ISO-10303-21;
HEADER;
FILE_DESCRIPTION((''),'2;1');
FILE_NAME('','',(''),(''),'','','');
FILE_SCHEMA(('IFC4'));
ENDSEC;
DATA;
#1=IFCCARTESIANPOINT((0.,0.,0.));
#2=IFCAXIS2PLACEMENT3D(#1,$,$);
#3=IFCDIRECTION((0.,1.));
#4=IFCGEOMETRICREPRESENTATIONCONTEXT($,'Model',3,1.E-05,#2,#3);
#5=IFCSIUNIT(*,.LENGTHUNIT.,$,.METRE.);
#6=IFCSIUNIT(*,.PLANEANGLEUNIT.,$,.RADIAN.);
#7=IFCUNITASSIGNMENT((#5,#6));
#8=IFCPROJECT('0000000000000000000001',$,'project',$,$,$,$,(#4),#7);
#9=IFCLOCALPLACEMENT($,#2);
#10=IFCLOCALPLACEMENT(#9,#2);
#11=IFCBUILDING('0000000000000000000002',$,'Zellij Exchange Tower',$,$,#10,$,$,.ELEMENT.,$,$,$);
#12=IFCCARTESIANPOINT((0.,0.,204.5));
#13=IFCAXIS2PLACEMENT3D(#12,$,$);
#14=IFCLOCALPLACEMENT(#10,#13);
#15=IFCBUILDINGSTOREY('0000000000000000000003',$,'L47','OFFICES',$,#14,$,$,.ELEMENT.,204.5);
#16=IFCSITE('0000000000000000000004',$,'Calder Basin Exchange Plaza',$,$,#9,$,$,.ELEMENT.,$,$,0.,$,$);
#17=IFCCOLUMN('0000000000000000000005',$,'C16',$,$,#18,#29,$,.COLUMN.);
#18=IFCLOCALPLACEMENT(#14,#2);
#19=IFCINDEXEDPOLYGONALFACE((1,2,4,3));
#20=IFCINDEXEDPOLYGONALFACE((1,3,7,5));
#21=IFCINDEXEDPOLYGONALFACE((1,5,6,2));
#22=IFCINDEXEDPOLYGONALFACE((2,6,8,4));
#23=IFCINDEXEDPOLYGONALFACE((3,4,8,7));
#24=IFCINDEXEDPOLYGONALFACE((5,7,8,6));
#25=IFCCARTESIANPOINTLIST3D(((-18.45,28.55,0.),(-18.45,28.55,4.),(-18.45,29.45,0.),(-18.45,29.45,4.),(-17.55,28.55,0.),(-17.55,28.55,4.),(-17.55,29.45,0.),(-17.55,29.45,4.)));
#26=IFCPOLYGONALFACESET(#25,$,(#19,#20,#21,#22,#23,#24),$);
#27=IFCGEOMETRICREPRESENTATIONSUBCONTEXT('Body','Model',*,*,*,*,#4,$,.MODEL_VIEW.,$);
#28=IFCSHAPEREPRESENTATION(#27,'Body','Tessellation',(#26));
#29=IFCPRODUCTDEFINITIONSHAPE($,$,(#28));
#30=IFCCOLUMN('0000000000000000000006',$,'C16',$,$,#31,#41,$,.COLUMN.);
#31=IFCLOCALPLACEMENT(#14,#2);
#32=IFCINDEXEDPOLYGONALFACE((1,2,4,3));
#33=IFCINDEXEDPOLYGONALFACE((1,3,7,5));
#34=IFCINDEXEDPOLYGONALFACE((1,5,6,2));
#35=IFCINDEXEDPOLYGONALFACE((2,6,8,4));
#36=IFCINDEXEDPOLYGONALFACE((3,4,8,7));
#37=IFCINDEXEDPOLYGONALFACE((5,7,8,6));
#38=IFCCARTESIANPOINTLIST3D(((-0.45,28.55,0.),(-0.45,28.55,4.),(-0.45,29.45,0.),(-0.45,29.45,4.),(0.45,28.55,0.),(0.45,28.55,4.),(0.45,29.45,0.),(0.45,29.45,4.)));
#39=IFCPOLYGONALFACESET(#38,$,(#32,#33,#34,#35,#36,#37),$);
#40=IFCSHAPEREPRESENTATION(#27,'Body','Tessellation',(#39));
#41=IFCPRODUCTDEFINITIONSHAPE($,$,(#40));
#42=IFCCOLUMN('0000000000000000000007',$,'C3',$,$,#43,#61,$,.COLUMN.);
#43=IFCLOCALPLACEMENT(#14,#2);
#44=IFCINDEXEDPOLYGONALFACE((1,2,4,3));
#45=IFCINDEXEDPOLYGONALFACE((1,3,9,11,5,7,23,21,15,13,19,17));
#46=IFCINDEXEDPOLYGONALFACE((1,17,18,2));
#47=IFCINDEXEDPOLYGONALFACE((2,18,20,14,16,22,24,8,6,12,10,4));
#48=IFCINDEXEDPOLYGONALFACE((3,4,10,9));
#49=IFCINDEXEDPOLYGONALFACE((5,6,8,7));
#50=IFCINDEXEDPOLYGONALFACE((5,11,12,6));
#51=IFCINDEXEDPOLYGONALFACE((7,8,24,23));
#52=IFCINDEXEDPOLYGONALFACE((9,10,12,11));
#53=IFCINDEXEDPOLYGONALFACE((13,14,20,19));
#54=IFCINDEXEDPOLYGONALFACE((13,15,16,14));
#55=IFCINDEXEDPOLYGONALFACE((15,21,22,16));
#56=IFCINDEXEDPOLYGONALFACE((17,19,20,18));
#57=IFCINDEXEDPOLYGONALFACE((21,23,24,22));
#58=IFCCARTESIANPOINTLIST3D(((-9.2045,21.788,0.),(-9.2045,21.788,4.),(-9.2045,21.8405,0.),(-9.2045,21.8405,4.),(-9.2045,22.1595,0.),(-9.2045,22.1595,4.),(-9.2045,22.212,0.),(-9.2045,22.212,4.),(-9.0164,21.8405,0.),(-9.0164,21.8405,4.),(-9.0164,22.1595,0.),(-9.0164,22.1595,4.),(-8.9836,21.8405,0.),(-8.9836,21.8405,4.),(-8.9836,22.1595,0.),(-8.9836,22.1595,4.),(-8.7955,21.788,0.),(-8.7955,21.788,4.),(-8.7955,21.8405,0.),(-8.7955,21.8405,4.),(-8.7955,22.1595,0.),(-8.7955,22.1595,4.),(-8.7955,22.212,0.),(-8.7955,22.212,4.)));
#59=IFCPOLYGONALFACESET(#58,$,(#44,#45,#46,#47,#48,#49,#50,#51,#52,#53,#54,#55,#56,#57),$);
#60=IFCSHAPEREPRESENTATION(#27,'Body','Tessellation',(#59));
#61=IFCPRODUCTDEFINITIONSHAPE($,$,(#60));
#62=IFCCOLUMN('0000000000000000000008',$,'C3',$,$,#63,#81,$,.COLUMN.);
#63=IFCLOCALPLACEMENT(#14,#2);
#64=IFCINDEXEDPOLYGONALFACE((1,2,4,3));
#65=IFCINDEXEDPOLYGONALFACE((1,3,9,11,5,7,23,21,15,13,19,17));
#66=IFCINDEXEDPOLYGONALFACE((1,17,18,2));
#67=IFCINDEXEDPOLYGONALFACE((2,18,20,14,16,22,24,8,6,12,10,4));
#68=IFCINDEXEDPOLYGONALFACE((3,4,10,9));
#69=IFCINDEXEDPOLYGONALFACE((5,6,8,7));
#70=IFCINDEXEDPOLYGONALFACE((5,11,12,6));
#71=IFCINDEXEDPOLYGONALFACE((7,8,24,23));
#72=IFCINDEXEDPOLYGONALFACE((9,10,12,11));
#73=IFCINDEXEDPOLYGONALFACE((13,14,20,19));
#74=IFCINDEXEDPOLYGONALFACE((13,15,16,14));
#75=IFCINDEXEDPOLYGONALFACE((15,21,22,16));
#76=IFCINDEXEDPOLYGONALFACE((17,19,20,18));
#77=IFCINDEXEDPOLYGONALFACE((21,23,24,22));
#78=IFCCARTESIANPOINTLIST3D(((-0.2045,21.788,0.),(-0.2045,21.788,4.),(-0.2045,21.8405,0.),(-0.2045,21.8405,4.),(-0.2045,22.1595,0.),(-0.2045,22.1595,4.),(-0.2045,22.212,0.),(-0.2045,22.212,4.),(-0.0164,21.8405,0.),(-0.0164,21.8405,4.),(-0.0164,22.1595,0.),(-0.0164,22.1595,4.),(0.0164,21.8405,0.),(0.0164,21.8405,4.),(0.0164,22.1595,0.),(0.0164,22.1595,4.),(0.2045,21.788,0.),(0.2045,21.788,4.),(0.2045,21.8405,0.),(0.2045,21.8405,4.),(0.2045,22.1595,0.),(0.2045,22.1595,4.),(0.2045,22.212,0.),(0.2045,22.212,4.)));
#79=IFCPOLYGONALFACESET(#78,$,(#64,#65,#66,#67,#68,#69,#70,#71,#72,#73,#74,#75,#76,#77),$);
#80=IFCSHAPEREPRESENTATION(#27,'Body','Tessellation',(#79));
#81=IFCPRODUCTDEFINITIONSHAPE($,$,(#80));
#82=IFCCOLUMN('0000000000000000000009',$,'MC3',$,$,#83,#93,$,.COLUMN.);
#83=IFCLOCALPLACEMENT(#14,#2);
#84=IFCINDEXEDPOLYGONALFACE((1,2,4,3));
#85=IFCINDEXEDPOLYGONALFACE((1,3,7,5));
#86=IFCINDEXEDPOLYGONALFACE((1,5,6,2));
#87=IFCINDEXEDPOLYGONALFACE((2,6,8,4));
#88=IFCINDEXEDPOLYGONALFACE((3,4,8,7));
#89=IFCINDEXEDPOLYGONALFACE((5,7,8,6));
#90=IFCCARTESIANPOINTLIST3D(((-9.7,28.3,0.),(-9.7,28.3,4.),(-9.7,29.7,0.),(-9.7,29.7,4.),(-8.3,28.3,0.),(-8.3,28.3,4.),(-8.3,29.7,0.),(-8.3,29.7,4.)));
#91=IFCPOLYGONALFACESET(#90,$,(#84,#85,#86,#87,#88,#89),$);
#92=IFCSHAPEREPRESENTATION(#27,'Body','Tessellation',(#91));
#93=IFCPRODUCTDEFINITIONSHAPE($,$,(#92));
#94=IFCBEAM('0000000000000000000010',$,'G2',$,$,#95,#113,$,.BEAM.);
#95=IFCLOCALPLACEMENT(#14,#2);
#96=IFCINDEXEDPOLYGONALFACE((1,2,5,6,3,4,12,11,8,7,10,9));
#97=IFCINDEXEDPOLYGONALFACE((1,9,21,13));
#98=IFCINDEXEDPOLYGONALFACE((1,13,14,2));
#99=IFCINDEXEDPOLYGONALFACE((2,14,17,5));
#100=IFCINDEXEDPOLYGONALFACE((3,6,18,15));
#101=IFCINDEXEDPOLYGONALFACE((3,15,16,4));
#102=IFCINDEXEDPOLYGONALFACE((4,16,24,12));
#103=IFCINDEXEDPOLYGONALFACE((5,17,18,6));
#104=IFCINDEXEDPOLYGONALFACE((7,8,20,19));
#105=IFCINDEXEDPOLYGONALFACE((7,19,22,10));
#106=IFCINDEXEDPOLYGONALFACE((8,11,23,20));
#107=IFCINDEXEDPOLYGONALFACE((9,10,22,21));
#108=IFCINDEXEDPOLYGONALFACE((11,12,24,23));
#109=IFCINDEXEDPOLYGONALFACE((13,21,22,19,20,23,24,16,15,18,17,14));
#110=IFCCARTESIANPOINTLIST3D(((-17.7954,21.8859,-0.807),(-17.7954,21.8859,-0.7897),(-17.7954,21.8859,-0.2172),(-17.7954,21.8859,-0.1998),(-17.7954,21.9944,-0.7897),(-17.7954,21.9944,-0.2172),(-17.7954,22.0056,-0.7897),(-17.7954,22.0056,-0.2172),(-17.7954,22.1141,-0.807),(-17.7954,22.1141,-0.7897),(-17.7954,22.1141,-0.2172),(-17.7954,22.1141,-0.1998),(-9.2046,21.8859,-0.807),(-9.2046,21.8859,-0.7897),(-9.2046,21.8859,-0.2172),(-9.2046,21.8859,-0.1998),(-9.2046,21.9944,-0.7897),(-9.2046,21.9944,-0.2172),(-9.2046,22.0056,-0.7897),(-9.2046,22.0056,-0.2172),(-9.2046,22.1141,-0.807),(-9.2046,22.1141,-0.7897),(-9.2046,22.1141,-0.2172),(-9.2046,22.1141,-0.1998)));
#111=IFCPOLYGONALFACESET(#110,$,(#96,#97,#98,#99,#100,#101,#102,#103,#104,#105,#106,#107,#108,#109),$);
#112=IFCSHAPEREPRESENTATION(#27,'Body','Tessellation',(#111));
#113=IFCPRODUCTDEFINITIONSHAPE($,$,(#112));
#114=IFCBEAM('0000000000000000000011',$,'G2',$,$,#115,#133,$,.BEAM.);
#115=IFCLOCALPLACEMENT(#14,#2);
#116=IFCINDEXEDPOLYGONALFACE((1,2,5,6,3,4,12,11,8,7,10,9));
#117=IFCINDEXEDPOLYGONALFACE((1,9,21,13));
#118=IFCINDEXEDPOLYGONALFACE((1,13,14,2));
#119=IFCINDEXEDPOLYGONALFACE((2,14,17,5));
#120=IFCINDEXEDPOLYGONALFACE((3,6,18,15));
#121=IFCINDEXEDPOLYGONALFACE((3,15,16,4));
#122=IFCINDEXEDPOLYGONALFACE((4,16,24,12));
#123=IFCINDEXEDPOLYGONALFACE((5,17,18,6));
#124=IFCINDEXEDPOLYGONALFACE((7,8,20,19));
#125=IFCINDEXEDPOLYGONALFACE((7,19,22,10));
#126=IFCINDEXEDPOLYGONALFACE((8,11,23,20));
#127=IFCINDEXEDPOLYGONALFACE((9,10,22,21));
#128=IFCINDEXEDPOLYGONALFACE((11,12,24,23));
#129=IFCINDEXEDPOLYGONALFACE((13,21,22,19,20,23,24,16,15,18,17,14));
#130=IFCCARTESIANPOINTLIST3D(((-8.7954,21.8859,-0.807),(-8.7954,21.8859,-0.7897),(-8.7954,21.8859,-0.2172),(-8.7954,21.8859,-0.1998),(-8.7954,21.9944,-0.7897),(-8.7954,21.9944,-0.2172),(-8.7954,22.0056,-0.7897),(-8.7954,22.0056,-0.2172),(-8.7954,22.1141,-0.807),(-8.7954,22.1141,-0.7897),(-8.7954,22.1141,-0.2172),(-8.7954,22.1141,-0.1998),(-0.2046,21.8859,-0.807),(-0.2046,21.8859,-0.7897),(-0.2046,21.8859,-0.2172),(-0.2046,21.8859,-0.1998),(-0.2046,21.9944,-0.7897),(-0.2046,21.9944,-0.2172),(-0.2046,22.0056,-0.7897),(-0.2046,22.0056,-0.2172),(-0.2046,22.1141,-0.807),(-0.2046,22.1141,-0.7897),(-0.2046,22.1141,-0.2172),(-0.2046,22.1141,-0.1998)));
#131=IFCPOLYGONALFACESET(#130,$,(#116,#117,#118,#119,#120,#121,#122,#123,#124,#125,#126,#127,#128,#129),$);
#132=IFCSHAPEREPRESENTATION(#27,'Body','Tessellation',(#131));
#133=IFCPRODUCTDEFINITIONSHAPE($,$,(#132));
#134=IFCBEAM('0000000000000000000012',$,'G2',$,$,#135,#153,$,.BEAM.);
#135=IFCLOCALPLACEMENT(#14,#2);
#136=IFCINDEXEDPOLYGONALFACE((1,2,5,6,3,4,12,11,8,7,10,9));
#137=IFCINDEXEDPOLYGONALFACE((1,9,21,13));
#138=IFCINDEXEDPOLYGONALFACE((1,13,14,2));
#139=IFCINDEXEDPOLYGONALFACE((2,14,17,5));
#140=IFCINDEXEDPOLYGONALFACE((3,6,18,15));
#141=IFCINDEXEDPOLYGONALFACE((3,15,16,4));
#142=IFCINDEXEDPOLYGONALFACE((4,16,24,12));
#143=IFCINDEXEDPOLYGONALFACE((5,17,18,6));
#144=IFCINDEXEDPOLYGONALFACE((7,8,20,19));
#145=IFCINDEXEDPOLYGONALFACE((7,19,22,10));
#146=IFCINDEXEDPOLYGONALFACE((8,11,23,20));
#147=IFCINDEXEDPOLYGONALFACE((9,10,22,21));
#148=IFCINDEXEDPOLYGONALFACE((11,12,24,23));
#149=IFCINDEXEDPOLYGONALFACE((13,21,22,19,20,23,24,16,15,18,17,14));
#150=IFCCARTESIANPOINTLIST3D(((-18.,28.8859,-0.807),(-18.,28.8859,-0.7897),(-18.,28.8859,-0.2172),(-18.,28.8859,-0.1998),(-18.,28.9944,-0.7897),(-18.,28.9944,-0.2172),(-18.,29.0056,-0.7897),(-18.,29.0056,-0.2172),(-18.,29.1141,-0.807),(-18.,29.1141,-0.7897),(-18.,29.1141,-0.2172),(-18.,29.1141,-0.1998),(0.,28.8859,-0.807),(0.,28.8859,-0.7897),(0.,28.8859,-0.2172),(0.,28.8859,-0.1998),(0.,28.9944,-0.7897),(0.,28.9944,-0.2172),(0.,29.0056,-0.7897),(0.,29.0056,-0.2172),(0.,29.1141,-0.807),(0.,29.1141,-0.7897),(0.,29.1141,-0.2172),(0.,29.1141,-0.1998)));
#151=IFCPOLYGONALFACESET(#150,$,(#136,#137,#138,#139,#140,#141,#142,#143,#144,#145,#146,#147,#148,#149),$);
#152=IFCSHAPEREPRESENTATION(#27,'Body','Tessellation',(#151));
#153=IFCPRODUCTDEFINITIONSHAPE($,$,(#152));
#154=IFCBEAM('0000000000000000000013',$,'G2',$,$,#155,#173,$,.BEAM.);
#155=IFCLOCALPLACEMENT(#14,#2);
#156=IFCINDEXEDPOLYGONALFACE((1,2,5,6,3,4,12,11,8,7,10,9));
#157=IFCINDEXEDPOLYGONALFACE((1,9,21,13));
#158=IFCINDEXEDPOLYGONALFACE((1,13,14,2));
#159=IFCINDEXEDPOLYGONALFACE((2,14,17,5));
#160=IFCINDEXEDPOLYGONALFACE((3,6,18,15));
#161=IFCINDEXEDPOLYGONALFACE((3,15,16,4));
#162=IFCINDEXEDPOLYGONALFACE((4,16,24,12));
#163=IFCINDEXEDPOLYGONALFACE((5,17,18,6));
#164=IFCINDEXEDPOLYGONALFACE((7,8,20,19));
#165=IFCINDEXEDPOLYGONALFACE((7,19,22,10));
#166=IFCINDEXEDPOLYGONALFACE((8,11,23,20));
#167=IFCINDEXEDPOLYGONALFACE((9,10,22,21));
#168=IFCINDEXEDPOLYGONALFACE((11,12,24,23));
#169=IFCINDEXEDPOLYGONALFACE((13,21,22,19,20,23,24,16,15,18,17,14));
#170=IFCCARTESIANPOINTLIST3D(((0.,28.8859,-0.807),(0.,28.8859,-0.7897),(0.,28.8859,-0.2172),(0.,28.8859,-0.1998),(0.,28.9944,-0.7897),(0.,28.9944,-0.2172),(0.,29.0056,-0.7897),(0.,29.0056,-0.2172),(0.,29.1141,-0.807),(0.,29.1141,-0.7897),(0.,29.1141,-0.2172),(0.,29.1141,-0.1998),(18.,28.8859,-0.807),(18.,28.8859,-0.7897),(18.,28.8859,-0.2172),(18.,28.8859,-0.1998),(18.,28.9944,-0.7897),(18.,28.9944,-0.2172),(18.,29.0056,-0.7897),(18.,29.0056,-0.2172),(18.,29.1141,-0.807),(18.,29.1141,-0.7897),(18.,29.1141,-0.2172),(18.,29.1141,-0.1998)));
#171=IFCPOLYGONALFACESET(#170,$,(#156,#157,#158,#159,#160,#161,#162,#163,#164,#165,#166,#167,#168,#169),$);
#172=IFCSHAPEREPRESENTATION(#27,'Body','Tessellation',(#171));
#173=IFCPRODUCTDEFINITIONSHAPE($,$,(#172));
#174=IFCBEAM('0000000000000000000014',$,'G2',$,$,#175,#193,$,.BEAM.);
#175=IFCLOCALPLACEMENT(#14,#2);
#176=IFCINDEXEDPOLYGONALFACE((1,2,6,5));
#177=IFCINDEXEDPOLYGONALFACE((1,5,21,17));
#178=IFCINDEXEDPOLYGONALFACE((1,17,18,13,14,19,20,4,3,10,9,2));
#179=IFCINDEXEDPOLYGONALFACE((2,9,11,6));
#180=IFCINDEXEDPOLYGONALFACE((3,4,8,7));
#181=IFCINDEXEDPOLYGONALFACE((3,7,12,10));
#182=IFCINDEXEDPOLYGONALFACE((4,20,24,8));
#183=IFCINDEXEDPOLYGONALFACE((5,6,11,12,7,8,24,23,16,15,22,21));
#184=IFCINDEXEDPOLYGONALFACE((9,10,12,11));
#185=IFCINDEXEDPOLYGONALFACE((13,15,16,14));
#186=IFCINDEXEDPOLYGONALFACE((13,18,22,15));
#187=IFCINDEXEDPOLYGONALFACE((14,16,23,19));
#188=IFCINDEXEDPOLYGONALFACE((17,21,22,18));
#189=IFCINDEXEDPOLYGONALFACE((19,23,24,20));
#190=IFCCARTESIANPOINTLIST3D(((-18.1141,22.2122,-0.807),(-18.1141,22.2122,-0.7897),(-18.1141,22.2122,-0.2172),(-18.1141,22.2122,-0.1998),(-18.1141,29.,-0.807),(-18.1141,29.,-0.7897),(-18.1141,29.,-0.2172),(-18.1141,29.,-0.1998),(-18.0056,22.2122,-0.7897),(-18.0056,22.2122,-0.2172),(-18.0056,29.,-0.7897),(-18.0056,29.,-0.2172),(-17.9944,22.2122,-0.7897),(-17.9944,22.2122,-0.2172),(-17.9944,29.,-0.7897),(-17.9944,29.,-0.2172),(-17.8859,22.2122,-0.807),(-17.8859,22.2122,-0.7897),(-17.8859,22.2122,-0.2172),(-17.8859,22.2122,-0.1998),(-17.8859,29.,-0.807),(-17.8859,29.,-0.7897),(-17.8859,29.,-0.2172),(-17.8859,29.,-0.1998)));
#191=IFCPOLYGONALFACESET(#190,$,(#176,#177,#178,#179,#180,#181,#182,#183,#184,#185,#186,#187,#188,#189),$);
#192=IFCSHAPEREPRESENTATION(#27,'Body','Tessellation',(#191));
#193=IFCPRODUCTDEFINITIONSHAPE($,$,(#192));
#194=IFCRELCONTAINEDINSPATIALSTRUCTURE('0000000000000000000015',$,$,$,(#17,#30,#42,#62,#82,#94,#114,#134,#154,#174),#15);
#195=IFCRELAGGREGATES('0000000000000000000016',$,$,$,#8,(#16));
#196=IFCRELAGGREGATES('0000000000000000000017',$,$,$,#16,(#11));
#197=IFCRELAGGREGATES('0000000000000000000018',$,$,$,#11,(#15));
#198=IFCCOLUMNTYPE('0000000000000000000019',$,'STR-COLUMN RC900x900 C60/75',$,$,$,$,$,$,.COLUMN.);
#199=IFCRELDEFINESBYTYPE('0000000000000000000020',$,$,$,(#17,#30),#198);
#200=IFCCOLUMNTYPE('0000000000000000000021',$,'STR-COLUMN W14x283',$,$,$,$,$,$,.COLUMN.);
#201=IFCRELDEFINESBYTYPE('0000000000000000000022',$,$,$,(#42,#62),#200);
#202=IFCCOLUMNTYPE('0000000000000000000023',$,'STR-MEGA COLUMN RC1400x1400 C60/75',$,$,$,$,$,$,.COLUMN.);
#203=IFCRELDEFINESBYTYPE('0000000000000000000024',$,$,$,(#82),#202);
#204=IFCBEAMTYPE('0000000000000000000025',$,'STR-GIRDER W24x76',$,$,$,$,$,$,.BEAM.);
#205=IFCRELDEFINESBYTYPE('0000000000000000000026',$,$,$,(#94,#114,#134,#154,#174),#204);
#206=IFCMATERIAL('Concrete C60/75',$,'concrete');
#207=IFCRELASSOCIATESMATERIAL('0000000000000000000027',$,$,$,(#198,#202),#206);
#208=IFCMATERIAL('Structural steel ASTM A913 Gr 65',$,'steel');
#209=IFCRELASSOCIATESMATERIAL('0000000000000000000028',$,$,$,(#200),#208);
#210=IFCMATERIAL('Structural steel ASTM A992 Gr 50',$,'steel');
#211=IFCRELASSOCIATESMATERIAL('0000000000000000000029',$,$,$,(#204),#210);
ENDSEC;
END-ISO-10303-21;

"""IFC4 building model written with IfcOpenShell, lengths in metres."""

from ifc_helpers import new_model, si_unit, direction, frame, origin, origin_2d, place, context, subcontext, project, spatial, rectangle, i_section, extrude, material, material_profile, profile_set, type_object, element, save


model = new_model("IFC4")

# Units and contexts
model_context = context("Model", 3, precision=1e-05, world=origin(), true_north=direction((0.0, 1.0)))
body_context = subcontext(model_context, "Body", "Model", "MODEL_VIEW")
ifc_project = project(units=[si_unit("LENGTHUNIT", "METRE"), si_unit("PLANEANGLEUNIT", "RADIAN")], contexts=[model_context])

# Site, building, storey
site_placement = place(None, origin())
site = spatial("IfcSite", under=ifc_project, at=site_placement, Name="Calder Basin Exchange Plaza", CompositionType="ELEMENT", RefElevation=0.0)
building_placement = place(site_placement, origin())
building = spatial("IfcBuilding", under=site, at=building_placement, Name="Zellij Exchange Tower", CompositionType="ELEMENT")
storey_placement = place(building_placement, frame((0.0, 0.0, 204.5)))
storey = spatial("IfcBuildingStorey", under=building, at=storey_placement, Name="L47", Description="OFFICES", CompositionType="ELEMENT", Elevation=204.5)

# Columns
ifc_material_1 = material(Name="Concrete C60/75", Category="concrete")
ifc_material_profile_1 = material_profile(ifc_material_1, rectangle(XDim=0.8999, YDim=0.8999, at=origin_2d()), Name="STR-COLUMN RC900x900 C60/75")
ifc_profile_set_1 = profile_set([ifc_material_profile_1], Name="Concrete C60/75")
column_type_1 = type_object("IfcColumnType", Name="STR-COLUMN RC900x900 C60/75", PredefinedType="COLUMN", material=ifc_profile_set_1)
for number, where, z_axis, x_axis, name in (
    (1, (-18.0, 29.0, 0.0), (0.0, 0.0, 1.0), (1.0, 0.0, 0.0), "C16"),
    (2, (0.0, 29.0, 0.0), (0.0, 0.0, 1.0), (1.0, 0.0, 0.0), "C16"),
):
    element("IfcColumn", number, at=place(storey_placement, frame(where, z_axis=z_axis, x_axis=x_axis)), inside=storey, type_object=column_type_1, Name=name, PredefinedType="COLUMN", context=body_context, shape_type="SweptSolid", body=[
        extrude(rectangle(XDim=0.8999, YDim=0.8999, at=origin_2d()), origin(), (0.0, 0.0, 1.0), 4.0),
    ])
ifc_material_2 = material(Name="Structural steel ASTM A913 Gr 65", Category="steel")
ifc_material_profile_2 = material_profile(ifc_material_2, i_section(OverallWidth=0.4089, OverallDepth=0.4241, WebThickness=0.0327, FlangeThickness=0.0525, at=origin_2d()), Name="W14x283")
ifc_profile_set_2 = profile_set([ifc_material_profile_2], Name="Structural steel ASTM A913 Gr 65")
column_type_2 = type_object("IfcColumnType", Name="STR-COLUMN W14x283", PredefinedType="COLUMN", material=ifc_profile_set_2)
for number, where, z_axis, x_axis, name in (
    (3, (-9.0, 22.0, 0.0), (0.0, 0.0, 1.0), (1.0, 0.0, 0.0), "C3"),
    (4, (0.0, 22.0, 0.0), (0.0, 0.0, 1.0), (1.0, 0.0, 0.0), "C3"),
):
    element("IfcColumn", number, at=place(storey_placement, frame(where, z_axis=z_axis, x_axis=x_axis)), inside=storey, type_object=column_type_2, Name=name, PredefinedType="COLUMN", context=body_context, shape_type="SweptSolid", body=[
        extrude(i_section(OverallWidth=0.4089, OverallDepth=0.4241, WebThickness=0.0327, FlangeThickness=0.0525, at=origin_2d()), origin(), (0.0, 0.0, 1.0), 4.0),
    ])
ifc_material_profile_3 = material_profile(ifc_material_1, rectangle(XDim=1.3999, YDim=1.3999, at=origin_2d()), Name="STR-MEGA COLUMN RC1400x1400 C60/75")
ifc_profile_set_3 = profile_set([ifc_material_profile_3], Name="Concrete C60/75")
column_type_3 = type_object("IfcColumnType", Name="STR-MEGA COLUMN RC1400x1400 C60/75", PredefinedType="COLUMN", material=ifc_profile_set_3)
column_placement = place(storey_placement, frame((-9.0, 29.0, 0.0), z_axis=(0.0, 0.0, 1.0), x_axis=(1.0, 0.0, 0.0)))
element("IfcColumn", 5, at=column_placement, inside=storey, type_object=column_type_3, Name="MC3", PredefinedType="COLUMN", context=body_context, shape_type="SweptSolid", body=[
    extrude(rectangle(XDim=1.3999, YDim=1.3999, at=origin_2d()), origin(), (0.0, 0.0, 1.0), 4.0),
])

# Beams
ifc_material_3 = material(Name="Structural steel ASTM A992 Gr 50", Category="steel")
ifc_material_profile_4 = material_profile(ifc_material_3, i_section(OverallWidth=0.2283, OverallDepth=0.6072, WebThickness=0.0112, FlangeThickness=0.0173, at=origin_2d()), Name="W24x76")
ifc_profile_set_4 = profile_set([ifc_material_profile_4], Name="Structural steel ASTM A992 Gr 50")
beam_type = type_object("IfcBeamType", Name="STR-GIRDER W24x76", PredefinedType="BEAM", material=ifc_profile_set_4)
for number, where, z_axis, x_axis, name in (
    (6, (-17.7954, 22.0, -0.5034), (1.0, 0.0, 0.0), (0.0, 1.0, 0.0), "G2"),
    (7, (-8.7954, 22.0, -0.5034), (1.0, 0.0, 0.0), (0.0, 1.0, 0.0), "G2"),
):
    element("IfcBeam", number, at=place(storey_placement, frame(where, z_axis=z_axis, x_axis=x_axis)), inside=storey, type_object=beam_type, Name=name, PredefinedType="BEAM", context=body_context, shape_type="SweptSolid", body=[
        extrude(i_section(OverallWidth=0.2283, OverallDepth=0.6072, WebThickness=0.0112, FlangeThickness=0.0173, at=origin_2d()), origin(), (0.0, 0.0, 1.0), 8.5908),
    ])
for number, where, z_axis, x_axis, name in (
    (8, (-18.0, 29.0, -0.5034), (1.0, 0.0, 0.0), (0.0, 1.0, 0.0), "G2"),
    (9, (0.0, 29.0, -0.5034), (1.0, 0.0, 0.0), (0.0, 1.0, 0.0), "G2"),
):
    element("IfcBeam", number, at=place(storey_placement, frame(where, z_axis=z_axis, x_axis=x_axis)), inside=storey, type_object=beam_type, Name=name, PredefinedType="BEAM", context=body_context, shape_type="SweptSolid", body=[
        extrude(i_section(OverallWidth=0.2283, OverallDepth=0.6072, WebThickness=0.0112, FlangeThickness=0.0173, at=origin_2d()), origin(), (0.0, 0.0, 1.0), 18.0),
    ])
for number, where, z_axis, x_axis, name in (
    (10, (-18.0, 22.2122, -0.5034), (0.0, 1.0, 0.0), (-1.0, 0.0, 0.0), "G2"),
):
    element("IfcBeam", number, at=place(storey_placement, frame(where, z_axis=z_axis, x_axis=x_axis)), inside=storey, type_object=beam_type, Name=name, PredefinedType="BEAM", context=body_context, shape_type="SweptSolid", body=[
        extrude(i_section(OverallWidth=0.2283, OverallDepth=0.6072, WebThickness=0.0112, FlangeThickness=0.0173, at=origin_2d()), origin(), (0.0, 0.0, 1.0), 6.7878),
    ])

save(model, "model.ifc")
